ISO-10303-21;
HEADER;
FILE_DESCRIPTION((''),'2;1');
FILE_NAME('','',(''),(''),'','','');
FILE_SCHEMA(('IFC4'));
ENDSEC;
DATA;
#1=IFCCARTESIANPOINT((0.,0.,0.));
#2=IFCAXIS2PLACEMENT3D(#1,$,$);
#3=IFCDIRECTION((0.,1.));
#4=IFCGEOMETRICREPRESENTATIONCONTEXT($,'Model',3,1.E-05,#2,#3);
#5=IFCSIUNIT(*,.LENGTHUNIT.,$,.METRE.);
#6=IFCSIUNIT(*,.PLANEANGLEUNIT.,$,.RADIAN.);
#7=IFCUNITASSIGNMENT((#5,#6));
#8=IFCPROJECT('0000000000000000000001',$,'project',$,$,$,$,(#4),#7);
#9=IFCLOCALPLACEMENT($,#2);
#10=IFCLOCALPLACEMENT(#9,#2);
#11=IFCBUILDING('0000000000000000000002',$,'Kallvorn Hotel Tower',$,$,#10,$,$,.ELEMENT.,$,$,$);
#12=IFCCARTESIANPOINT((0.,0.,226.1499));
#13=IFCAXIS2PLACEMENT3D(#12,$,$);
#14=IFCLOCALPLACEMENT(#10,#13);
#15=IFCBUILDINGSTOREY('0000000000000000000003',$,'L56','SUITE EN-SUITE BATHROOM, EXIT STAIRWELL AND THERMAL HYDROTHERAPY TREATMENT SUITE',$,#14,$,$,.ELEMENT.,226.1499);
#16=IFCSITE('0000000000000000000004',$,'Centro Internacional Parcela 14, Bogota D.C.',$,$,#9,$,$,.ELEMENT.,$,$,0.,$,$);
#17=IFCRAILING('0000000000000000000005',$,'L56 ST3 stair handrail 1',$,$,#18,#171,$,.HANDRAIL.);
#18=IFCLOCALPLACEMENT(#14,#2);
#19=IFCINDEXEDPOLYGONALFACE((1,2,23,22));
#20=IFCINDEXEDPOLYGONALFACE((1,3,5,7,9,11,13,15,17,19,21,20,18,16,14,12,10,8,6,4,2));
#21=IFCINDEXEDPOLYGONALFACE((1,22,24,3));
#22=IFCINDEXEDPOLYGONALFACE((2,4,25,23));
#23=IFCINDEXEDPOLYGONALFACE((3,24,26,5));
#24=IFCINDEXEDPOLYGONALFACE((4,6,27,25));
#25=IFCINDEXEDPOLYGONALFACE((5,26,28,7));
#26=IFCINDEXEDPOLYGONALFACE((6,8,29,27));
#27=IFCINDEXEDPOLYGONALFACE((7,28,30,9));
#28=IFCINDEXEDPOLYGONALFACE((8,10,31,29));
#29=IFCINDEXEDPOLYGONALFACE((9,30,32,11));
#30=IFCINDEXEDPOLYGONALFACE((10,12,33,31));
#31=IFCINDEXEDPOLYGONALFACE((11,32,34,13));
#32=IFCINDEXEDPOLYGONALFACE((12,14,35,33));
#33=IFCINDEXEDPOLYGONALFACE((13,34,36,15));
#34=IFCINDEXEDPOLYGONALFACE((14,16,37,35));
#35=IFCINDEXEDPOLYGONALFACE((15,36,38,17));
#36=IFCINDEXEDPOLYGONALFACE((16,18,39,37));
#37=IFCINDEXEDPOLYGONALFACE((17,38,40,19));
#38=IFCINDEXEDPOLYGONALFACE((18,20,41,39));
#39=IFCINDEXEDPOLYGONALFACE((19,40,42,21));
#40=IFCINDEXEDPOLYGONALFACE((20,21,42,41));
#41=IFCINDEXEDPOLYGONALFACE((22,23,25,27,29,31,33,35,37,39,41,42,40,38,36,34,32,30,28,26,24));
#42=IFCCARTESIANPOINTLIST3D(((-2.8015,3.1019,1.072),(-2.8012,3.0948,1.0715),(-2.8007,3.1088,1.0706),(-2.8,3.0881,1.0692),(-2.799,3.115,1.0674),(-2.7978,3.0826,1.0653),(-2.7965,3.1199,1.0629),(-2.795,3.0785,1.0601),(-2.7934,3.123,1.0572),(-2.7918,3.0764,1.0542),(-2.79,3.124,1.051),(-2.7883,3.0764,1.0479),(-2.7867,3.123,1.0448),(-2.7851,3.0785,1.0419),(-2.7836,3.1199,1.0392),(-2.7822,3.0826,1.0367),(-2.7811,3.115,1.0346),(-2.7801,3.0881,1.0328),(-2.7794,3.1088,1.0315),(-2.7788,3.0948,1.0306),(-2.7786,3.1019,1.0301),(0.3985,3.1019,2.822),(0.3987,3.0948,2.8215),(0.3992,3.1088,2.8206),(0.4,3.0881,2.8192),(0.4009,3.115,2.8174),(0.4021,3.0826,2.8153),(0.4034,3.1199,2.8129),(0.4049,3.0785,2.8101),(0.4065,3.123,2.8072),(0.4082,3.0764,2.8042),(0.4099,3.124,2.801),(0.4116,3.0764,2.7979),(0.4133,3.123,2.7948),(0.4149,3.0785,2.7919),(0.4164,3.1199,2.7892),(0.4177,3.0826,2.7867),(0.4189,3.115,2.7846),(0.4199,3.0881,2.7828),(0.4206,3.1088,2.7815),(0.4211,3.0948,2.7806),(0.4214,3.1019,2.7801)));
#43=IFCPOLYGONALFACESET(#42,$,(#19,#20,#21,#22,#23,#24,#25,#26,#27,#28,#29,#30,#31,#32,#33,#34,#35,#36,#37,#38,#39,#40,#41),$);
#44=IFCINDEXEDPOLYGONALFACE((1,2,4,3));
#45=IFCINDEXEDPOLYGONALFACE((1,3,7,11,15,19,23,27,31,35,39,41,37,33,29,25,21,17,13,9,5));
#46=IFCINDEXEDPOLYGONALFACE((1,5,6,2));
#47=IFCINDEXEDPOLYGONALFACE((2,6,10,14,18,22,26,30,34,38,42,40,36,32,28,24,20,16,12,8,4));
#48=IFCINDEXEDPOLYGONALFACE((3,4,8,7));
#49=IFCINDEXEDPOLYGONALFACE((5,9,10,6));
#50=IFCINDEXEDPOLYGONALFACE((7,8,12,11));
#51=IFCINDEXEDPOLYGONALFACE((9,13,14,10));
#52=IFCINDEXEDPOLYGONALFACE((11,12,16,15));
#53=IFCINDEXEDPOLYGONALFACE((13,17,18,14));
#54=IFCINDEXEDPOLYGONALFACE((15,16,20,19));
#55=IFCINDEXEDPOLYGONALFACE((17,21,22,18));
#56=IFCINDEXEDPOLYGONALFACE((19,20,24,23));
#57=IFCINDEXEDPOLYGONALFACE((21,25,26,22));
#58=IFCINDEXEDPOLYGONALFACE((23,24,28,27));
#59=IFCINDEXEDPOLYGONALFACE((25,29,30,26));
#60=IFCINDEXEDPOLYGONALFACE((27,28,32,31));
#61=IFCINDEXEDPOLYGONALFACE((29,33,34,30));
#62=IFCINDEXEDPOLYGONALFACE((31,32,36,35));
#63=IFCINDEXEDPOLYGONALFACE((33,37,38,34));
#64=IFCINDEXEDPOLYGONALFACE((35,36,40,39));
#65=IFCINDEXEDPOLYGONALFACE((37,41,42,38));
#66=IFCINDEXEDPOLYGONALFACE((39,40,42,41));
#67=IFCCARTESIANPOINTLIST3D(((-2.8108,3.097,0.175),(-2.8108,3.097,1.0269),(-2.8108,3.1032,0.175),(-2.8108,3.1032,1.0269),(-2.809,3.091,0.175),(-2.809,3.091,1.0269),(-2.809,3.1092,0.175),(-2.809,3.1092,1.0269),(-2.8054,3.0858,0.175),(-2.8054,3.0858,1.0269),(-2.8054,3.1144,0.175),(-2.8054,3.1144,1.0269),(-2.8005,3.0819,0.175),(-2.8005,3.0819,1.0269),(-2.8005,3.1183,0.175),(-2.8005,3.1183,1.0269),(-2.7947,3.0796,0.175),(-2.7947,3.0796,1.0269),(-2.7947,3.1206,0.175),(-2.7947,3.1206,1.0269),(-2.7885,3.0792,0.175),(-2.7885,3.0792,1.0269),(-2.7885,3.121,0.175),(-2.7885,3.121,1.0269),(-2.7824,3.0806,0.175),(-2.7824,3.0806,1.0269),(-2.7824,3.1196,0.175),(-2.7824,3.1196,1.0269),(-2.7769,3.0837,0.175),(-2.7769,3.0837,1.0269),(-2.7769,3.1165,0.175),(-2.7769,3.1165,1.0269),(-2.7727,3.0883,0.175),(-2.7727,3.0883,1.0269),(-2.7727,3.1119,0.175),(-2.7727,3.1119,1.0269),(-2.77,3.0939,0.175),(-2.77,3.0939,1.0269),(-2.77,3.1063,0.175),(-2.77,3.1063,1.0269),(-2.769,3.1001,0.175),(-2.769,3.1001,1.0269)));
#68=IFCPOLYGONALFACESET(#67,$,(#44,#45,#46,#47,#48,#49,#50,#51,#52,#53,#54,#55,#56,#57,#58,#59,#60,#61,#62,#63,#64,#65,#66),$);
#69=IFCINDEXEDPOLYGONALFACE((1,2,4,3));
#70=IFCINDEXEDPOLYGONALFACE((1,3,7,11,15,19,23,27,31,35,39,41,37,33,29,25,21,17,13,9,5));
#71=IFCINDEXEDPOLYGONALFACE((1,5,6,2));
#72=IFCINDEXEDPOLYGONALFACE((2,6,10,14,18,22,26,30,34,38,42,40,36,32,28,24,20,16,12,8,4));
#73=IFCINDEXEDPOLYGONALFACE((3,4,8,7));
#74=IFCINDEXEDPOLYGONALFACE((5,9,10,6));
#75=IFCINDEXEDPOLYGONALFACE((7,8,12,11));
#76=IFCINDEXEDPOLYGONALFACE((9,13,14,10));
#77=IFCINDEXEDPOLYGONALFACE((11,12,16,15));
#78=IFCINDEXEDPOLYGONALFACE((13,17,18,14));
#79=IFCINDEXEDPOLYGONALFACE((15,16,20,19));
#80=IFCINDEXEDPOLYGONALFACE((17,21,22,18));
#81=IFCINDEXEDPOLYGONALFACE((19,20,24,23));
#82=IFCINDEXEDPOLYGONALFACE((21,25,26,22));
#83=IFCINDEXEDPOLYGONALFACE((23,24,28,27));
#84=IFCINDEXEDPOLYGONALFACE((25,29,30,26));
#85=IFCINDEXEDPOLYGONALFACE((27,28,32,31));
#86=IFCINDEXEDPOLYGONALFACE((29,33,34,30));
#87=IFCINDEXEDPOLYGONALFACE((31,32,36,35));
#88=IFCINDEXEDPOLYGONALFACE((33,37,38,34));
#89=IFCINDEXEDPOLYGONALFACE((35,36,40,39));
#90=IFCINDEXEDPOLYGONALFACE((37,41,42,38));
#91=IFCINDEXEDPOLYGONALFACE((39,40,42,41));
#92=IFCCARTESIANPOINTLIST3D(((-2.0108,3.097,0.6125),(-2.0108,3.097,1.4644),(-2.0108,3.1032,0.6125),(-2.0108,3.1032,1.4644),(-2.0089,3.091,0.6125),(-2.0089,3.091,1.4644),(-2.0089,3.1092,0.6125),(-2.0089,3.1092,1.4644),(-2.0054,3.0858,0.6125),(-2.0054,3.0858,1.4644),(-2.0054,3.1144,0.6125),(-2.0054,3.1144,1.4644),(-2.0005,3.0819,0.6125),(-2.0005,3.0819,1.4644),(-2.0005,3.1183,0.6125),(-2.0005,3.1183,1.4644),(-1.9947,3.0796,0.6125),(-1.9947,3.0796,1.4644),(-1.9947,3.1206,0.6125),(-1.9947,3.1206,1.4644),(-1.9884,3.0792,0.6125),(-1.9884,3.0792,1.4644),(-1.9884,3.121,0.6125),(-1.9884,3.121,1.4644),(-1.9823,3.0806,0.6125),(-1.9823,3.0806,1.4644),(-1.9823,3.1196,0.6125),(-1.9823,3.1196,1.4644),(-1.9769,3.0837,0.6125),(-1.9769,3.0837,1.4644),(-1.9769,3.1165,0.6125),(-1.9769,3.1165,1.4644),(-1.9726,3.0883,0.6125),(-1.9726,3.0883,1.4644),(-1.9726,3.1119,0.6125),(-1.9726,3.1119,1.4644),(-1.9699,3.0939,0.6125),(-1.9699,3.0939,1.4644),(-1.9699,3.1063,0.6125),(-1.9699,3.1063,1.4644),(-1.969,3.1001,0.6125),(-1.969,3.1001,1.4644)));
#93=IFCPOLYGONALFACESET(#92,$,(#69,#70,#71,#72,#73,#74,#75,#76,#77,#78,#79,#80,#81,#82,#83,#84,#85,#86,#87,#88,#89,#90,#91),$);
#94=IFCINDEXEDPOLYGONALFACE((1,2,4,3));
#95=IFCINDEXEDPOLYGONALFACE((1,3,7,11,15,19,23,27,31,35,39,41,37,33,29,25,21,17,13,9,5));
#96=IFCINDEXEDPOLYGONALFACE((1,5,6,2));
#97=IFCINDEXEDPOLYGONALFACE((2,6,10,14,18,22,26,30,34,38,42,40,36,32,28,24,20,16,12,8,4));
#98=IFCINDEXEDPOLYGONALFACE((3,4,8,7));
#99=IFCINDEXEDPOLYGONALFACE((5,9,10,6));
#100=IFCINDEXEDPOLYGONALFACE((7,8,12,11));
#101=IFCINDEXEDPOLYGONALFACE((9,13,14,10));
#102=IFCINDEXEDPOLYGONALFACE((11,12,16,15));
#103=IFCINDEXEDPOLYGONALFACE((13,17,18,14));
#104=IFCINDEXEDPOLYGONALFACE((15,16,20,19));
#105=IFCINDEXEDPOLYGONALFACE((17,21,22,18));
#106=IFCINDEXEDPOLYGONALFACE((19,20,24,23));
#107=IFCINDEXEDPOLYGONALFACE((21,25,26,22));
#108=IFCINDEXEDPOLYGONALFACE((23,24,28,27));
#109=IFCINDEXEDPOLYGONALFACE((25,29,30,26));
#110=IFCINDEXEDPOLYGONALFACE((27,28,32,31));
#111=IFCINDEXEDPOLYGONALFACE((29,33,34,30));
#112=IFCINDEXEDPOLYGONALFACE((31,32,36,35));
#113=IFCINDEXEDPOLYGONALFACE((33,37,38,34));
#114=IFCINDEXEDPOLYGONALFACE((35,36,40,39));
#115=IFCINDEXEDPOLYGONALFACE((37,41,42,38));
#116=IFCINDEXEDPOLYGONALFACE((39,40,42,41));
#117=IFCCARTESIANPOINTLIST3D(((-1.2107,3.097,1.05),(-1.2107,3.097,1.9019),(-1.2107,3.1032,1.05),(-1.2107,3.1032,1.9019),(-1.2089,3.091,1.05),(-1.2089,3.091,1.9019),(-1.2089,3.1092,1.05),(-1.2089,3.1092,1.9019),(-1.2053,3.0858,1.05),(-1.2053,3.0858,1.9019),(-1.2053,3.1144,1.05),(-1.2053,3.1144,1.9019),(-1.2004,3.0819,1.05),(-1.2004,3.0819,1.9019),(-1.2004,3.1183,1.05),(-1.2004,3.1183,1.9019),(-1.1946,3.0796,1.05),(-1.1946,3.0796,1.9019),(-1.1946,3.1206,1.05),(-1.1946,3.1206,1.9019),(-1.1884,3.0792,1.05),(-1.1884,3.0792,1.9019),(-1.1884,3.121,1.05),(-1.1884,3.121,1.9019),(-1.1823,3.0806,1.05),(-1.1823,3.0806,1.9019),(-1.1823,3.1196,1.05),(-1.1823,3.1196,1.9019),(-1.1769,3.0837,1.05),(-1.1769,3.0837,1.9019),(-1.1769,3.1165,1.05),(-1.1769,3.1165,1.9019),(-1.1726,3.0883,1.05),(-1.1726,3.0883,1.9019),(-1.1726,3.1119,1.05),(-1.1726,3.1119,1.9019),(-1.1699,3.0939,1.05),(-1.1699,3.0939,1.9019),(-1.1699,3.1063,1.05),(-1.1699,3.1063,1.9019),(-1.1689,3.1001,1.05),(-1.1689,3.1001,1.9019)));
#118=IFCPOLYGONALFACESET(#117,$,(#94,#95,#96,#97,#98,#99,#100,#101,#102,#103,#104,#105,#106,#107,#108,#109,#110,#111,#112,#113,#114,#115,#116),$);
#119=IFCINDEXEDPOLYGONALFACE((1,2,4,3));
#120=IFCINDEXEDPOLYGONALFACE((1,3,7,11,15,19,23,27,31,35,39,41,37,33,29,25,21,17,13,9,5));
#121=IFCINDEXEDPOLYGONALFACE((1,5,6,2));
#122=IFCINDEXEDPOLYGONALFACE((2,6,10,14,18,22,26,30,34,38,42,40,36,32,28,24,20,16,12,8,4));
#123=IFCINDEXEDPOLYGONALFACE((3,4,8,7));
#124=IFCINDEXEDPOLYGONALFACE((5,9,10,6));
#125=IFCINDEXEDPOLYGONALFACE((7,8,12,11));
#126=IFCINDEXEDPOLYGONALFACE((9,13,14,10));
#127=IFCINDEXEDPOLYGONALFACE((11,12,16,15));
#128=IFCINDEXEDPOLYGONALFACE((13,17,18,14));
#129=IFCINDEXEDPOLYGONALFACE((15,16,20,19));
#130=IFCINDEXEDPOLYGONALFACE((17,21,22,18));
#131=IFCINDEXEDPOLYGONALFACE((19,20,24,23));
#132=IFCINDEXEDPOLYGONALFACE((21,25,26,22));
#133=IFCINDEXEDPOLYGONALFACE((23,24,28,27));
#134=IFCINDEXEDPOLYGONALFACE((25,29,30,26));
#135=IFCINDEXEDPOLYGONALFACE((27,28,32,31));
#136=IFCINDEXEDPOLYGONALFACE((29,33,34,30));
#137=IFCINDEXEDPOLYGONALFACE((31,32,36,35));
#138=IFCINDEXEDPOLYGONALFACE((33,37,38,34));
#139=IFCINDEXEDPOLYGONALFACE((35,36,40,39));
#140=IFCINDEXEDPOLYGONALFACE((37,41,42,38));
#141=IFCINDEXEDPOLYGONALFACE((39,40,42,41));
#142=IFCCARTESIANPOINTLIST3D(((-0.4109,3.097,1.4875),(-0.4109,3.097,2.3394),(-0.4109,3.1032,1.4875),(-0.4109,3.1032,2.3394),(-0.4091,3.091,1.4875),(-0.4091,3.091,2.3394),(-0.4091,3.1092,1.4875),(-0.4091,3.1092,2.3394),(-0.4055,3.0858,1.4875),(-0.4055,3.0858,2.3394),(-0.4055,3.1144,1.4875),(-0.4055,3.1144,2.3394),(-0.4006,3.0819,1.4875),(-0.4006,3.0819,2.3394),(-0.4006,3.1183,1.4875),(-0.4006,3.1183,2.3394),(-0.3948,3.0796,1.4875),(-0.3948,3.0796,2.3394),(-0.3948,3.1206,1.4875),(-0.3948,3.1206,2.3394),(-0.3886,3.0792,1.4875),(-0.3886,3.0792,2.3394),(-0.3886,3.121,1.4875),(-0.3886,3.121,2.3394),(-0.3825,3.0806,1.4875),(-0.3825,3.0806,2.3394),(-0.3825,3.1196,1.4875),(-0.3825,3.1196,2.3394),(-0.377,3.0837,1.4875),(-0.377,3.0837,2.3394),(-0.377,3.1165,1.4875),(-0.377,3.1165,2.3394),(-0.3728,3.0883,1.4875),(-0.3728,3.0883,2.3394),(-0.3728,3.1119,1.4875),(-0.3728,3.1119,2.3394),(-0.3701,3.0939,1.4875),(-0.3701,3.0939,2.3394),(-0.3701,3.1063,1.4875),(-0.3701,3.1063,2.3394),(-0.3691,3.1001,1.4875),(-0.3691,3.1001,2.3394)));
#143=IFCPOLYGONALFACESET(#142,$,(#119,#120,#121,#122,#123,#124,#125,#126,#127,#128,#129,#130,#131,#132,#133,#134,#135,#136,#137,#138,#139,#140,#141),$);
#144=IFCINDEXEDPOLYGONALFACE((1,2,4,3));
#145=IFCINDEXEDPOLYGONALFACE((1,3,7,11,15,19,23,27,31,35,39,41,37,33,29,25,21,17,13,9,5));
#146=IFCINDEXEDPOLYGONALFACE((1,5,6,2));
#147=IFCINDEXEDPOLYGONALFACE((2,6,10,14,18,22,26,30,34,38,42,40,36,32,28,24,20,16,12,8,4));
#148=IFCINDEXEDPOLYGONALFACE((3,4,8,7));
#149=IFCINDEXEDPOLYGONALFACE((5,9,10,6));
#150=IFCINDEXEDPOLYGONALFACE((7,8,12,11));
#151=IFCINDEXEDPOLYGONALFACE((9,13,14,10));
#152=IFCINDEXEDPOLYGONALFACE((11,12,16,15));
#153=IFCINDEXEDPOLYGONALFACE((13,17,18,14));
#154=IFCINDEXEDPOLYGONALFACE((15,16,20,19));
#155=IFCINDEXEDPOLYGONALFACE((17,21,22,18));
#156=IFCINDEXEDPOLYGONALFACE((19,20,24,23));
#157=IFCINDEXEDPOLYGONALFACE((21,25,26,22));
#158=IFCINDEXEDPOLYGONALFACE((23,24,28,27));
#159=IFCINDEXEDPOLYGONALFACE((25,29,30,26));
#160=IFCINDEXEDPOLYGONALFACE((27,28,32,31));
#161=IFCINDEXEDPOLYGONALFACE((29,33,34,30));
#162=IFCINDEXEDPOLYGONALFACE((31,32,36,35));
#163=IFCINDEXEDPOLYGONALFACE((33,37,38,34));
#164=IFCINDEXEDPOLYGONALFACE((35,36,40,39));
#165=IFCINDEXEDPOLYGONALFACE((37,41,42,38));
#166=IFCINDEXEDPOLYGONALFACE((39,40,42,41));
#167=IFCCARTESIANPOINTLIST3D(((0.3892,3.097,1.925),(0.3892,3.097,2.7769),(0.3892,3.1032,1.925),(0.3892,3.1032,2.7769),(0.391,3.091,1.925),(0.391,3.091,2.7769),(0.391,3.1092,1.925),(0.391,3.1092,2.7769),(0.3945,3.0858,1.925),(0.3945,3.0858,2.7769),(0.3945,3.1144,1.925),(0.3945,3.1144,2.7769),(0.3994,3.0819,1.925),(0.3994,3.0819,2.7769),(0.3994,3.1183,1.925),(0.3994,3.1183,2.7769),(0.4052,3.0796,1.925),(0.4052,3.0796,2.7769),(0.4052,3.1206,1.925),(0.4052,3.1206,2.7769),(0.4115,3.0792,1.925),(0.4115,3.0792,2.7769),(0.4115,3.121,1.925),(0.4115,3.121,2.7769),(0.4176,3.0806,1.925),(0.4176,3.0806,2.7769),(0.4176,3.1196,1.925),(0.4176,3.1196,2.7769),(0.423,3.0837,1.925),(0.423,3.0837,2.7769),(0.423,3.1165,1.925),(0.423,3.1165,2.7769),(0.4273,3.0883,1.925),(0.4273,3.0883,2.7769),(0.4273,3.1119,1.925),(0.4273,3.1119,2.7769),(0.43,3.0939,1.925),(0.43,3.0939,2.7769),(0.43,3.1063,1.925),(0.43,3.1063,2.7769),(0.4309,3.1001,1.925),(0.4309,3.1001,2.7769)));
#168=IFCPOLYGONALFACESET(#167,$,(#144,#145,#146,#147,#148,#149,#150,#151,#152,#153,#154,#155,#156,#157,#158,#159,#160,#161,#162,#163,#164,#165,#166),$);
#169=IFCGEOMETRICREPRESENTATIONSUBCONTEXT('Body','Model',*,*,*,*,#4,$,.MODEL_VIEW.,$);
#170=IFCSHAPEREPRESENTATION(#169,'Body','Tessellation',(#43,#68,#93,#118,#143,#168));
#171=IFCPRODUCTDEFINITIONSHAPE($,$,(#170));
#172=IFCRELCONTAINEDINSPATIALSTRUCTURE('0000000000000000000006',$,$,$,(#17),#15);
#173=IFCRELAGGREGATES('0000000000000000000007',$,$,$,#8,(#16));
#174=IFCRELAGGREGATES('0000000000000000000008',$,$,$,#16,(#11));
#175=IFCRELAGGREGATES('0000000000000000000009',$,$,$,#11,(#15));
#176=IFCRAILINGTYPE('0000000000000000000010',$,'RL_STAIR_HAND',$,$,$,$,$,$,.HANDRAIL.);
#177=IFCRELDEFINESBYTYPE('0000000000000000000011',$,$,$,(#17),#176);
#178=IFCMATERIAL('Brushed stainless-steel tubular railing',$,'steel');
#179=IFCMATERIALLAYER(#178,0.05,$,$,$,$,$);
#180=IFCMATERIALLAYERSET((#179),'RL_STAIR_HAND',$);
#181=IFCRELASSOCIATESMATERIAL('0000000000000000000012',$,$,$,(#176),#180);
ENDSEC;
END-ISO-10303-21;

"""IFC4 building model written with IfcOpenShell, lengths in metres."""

from ifc_helpers import new_model, si_unit, direction, frame, origin, origin_2d, place, context, subcontext, project, spatial, circle, extrude, material, layer, layer_set, type_object, element, save


model = new_model("IFC4")

# Units and contexts
model_context = context("Model", 3, precision=1e-05, world=origin(), true_north=direction((0.0, 1.0)))
body_context = subcontext(model_context, "Body", "Model", "MODEL_VIEW")
ifc_project = project(units=[si_unit("LENGTHUNIT", "METRE"), si_unit("PLANEANGLEUNIT", "RADIAN")], contexts=[model_context])

# Site, building, storey
site_placement = place(None, origin())
site = spatial("IfcSite", under=ifc_project, at=site_placement, Name="Centro Internacional Parcela 14, Bogota D.C.", CompositionType="ELEMENT", RefElevation=0.0)
building_placement = place(site_placement, origin())
building = spatial("IfcBuilding", under=site, at=building_placement, Name="Kallvorn Hotel Tower", CompositionType="ELEMENT")
storey_placement = place(building_placement, frame((0.0, 0.0, 226.1499)))
storey = spatial("IfcBuildingStorey", under=building, at=storey_placement, Name="L56", Description="SUITE EN-SUITE BATHROOM, EXIT STAIRWELL AND THERMAL HYDROTHERAPY TREATMENT SUITE", CompositionType="ELEMENT", Elevation=226.1499)

# Railing
ifc_material_1 = material(Name="Brushed stainless-steel tubular railing", Category="steel")
ifc_layer_1 = layer(ifc_material_1, 0.05)
ifc_layer_set_1 = layer_set([ifc_layer_1], Name="RL_STAIR_HAND")
railing_type_1 = type_object("IfcRailingType", Name="RL_STAIR_HAND", PredefinedType="HANDRAIL", material=ifc_layer_set_1)
railing_1_placement = place(storey_placement, frame((-2.79, 3.1001, 0.175)))
element("IfcRailing", 1, at=railing_1_placement, inside=storey, type_object=railing_type_1, Name="L56 ST3 stair handrail 1", PredefinedType="HANDRAIL", context=body_context, shape_type="SweptSolid", body=[
    extrude(circle(Radius=0.0239, at=origin_2d()), frame((0.0, 0.0, 0.876), z_axis=(0.877368, 0.0, 0.479818), x_axis=(0.0, 1.0, 0.0)), (0.0, 0.0, 1.0), 3.6472),
    extrude(circle(Radius=0.021, at=origin_2d()), origin(), (0.0, 0.0, 1.0), 0.8518),
    extrude(circle(Radius=0.021, at=origin_2d()), frame((0.8, 0.0, 0.4375)), (0.0, 0.0, 1.0), 0.8518),
    extrude(circle(Radius=0.021, at=origin_2d()), frame((1.6001, 0.0, 0.875)), (0.0, 0.0, 1.0), 0.8518),
    extrude(circle(Radius=0.021, at=origin_2d()), frame((2.3999, 0.0, 1.3125)), (0.0, 0.0, 1.0), 0.8518),
    extrude(circle(Radius=0.021, at=origin_2d()), frame((3.2, 0.0, 1.75)), (0.0, 0.0, 1.0), 0.8518),
])

save(model, "model.ifc")
